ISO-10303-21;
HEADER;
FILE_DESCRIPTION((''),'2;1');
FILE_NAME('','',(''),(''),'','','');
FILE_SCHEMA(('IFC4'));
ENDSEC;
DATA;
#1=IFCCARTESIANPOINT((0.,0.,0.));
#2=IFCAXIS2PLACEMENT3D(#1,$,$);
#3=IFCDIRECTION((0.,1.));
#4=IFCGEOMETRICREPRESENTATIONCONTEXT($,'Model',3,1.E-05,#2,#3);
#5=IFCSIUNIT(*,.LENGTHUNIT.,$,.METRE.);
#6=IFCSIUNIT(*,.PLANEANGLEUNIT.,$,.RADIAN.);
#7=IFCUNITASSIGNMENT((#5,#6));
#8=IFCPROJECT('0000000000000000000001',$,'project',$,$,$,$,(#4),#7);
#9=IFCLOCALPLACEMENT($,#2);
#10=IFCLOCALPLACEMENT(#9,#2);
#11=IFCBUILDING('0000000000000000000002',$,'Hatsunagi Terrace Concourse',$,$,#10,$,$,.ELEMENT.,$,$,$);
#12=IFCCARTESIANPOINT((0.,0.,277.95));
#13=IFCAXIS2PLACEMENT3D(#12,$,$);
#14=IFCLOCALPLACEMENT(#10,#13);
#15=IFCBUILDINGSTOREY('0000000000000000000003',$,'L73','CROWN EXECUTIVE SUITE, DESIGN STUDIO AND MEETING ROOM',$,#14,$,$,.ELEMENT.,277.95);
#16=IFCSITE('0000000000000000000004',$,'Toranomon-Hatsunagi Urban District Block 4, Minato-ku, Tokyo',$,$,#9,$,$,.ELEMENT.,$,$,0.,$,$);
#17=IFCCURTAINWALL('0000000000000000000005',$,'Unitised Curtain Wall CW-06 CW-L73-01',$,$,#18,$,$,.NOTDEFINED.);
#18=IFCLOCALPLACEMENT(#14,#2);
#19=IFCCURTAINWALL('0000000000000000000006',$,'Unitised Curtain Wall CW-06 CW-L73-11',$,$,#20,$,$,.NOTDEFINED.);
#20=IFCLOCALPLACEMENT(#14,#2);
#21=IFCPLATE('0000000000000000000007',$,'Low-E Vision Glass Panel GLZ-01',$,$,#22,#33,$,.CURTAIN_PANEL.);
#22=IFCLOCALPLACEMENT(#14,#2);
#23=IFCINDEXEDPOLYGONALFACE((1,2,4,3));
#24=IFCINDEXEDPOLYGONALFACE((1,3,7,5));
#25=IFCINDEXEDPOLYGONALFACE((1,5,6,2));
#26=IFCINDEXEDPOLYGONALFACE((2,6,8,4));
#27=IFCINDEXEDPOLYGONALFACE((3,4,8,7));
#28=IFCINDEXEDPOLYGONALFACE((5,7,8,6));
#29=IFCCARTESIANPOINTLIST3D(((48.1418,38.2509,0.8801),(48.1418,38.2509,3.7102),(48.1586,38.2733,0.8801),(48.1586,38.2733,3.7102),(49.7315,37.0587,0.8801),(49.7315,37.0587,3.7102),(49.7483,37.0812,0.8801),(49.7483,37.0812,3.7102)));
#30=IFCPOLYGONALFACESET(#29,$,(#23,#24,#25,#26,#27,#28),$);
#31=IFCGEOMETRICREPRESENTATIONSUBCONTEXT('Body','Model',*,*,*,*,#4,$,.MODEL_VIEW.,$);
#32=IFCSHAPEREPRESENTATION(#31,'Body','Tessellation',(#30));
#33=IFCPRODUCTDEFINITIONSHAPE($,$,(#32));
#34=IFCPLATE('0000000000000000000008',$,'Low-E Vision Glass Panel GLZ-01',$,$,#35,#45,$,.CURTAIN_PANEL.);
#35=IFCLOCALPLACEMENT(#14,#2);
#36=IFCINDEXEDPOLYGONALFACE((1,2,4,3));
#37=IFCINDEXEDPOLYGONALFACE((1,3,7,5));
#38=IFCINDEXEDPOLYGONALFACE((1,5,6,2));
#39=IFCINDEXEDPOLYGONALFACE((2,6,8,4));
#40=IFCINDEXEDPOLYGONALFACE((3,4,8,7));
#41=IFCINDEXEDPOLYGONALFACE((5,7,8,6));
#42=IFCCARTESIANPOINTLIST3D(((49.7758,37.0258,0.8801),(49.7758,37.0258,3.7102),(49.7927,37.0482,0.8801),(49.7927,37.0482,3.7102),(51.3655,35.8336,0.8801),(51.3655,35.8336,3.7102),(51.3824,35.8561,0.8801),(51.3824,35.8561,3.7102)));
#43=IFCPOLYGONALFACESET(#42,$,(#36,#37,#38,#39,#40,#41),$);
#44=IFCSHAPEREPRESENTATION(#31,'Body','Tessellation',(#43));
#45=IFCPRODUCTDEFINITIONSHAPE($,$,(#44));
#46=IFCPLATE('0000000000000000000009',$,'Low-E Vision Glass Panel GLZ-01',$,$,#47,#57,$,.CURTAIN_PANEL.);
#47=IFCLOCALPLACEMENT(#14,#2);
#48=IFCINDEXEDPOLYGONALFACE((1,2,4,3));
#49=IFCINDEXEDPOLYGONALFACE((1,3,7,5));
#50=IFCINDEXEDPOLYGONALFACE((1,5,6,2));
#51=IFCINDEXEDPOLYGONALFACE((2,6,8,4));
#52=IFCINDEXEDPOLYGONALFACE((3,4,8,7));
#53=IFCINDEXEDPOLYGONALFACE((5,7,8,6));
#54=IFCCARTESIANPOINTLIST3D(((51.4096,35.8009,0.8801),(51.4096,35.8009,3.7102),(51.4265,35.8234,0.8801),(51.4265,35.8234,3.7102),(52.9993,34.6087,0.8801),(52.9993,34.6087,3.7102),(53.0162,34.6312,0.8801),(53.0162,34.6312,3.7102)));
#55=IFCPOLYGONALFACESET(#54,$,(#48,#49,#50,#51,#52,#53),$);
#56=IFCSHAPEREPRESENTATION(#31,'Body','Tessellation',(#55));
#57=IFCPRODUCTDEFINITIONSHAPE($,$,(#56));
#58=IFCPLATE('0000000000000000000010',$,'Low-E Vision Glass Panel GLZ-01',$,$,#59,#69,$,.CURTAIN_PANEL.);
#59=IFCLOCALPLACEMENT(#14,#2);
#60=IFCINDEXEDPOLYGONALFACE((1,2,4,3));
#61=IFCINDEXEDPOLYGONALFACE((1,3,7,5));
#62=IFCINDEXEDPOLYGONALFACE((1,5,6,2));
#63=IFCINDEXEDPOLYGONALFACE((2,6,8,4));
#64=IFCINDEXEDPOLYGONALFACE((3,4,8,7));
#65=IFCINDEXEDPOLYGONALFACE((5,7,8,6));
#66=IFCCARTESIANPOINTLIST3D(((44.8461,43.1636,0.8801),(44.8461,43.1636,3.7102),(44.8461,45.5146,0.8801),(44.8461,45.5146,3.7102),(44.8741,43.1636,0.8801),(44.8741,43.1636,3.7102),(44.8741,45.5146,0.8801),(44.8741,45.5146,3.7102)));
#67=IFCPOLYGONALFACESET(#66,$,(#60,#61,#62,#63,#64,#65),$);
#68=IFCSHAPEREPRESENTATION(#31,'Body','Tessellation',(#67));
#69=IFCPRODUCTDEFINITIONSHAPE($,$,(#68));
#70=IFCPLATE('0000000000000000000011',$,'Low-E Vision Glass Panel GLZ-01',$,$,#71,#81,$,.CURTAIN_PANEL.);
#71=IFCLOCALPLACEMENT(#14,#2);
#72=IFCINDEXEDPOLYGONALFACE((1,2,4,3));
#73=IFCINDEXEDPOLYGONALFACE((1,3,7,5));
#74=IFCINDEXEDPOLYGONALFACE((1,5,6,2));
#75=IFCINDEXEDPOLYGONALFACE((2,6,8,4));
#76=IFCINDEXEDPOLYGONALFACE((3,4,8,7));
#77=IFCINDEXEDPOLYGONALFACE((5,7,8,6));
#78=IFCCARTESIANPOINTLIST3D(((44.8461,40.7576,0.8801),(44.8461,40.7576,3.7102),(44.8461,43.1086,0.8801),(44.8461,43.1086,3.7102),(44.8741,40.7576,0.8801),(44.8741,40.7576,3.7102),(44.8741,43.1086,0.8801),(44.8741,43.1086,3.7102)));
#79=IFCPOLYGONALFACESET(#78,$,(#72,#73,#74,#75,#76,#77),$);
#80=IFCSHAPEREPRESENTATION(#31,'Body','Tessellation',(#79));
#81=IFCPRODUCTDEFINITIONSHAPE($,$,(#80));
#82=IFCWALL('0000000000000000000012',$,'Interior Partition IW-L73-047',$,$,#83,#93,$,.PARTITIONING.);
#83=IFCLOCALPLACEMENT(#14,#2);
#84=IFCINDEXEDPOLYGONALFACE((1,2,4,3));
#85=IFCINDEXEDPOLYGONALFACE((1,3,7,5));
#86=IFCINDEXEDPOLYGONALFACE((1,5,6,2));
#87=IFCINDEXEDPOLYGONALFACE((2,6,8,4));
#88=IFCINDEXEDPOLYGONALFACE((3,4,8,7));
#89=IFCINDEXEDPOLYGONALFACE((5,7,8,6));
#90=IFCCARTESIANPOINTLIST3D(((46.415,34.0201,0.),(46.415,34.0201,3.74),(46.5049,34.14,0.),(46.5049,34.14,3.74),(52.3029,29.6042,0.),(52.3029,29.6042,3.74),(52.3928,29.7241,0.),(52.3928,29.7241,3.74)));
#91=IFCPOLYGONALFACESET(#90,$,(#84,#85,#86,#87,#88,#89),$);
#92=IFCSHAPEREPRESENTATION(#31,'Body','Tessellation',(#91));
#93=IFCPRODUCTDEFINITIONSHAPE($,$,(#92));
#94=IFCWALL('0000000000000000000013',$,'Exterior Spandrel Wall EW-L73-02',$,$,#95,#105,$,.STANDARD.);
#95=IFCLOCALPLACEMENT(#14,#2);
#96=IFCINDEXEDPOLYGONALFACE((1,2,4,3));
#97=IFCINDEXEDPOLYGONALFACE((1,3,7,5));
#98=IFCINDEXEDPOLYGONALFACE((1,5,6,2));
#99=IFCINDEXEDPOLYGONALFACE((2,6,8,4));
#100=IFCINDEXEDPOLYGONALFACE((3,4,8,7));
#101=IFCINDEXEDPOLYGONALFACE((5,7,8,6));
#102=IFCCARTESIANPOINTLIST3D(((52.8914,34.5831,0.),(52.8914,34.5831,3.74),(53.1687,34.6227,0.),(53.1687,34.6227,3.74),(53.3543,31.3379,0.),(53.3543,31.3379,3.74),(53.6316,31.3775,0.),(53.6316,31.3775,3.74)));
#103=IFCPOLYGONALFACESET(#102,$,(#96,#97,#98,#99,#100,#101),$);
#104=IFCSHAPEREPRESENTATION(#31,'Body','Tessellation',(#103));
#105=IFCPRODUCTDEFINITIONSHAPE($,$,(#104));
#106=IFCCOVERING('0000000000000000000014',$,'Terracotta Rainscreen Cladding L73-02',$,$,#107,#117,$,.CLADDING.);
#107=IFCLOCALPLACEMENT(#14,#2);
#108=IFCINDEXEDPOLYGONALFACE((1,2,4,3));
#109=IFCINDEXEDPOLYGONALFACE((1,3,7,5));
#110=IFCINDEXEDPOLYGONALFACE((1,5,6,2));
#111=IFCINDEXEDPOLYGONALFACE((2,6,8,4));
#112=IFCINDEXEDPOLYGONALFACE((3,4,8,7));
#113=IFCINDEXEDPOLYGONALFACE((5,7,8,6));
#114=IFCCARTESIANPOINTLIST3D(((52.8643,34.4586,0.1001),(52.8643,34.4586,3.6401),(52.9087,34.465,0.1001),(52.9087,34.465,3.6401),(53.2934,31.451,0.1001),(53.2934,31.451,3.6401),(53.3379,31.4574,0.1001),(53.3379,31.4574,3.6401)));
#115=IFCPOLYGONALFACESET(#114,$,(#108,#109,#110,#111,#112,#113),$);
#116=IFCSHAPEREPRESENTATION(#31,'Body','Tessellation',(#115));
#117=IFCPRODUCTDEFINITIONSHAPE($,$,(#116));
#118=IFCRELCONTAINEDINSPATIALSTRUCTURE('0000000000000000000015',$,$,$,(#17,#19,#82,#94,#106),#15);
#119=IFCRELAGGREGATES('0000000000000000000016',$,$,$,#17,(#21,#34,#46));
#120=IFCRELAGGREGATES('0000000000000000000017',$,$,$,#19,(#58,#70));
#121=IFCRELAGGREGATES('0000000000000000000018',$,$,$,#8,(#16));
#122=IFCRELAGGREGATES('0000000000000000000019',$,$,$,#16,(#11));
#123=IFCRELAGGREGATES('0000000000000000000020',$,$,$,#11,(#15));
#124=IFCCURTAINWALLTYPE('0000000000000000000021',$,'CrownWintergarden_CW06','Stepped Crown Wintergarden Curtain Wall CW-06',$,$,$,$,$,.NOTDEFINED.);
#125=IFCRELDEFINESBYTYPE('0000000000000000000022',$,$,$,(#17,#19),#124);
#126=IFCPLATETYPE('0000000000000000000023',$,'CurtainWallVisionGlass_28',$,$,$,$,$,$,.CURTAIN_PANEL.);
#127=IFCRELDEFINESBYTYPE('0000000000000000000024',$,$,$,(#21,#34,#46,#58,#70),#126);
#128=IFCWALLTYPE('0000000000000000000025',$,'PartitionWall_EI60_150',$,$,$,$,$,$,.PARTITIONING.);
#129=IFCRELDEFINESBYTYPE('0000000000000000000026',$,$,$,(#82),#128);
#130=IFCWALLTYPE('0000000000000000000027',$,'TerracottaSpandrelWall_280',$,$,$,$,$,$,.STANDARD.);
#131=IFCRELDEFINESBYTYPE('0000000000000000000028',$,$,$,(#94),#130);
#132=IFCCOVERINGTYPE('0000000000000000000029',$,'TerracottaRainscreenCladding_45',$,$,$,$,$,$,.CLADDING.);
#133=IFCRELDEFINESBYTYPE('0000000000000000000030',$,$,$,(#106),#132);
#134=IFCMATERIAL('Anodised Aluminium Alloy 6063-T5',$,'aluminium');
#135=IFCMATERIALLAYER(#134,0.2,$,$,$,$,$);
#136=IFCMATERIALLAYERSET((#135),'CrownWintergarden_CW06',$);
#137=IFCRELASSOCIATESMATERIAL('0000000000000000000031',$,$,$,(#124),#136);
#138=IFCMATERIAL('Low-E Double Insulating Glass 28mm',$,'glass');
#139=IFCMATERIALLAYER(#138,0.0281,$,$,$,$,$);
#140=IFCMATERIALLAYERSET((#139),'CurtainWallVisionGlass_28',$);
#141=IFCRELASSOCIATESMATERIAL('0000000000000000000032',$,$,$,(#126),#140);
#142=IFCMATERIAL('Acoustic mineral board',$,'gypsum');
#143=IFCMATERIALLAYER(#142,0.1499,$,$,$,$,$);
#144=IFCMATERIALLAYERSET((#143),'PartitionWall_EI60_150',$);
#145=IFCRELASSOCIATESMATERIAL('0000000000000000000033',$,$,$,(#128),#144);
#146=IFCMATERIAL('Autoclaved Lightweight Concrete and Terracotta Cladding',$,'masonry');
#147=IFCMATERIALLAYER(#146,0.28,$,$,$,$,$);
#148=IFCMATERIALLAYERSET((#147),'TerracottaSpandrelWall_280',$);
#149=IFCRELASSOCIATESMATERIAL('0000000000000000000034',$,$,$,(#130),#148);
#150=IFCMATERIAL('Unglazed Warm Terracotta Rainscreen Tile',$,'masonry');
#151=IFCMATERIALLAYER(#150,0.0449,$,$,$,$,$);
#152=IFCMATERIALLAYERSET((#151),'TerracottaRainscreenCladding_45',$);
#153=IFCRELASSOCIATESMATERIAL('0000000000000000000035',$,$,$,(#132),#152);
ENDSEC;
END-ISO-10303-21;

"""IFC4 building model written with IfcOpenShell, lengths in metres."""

from ifc_helpers import new_model, si_unit, direction, frame, frame_2d, origin, origin_2d, place, context, subcontext, project, spatial, rectangle, extrude, material, layer, layer_set, type_object, element, aggregate, save


model = new_model("IFC4")

# Units and contexts
model_context = context("Model", 3, precision=1e-05, world=origin(), true_north=direction((0.0, 1.0)))
body_context = subcontext(model_context, "Body", "Model", "MODEL_VIEW")
ifc_project = project(units=[si_unit("LENGTHUNIT", "METRE"), si_unit("PLANEANGLEUNIT", "RADIAN")], contexts=[model_context])

# Site, building, storey
site_placement = place(None, origin())
site = spatial("IfcSite", under=ifc_project, at=site_placement, Name="Toranomon-Hatsunagi Urban District Block 4, Minato-ku, Tokyo", CompositionType="ELEMENT", RefElevation=0.0)
building_placement = place(site_placement, origin())
building = spatial("IfcBuilding", under=site, at=building_placement, Name="Hatsunagi Terrace Concourse", CompositionType="ELEMENT")
storey_placement = place(building_placement, frame((0.0, 0.0, 277.95)))
storey = spatial("IfcBuildingStorey", under=building, at=storey_placement, Name="L73", Description="CROWN EXECUTIVE SUITE, DESIGN STUDIO AND MEETING ROOM", CompositionType="ELEMENT", Elevation=277.95)

# Curtain walls
ifc_material_1 = material(Name="Anodised Aluminium Alloy 6063-T5", Category="aluminium")
ifc_layer_1 = layer(ifc_material_1, 0.2)
ifc_layer_set_1 = layer_set([ifc_layer_1], Name="CrownWintergarden_CW06")
curtain_wall_type = type_object("IfcCurtainWallType", Name="CrownWintergarden_CW06", Description="Stepped Crown Wintergarden Curtain Wall CW-06", PredefinedType="NOTDEFINED", material=ifc_layer_set_1)
curtain_wall_1_placement = place(storey_placement, origin())
curtain_wall_1 = element("IfcCurtainWall", 1, at=curtain_wall_1_placement, inside=storey, type_object=curtain_wall_type, Name="Unitised Curtain Wall CW-06 CW-L73-01", PredefinedType="NOTDEFINED")
curtain_wall_2_placement = place(storey_placement, origin())
curtain_wall_2 = element("IfcCurtainWall", 2, at=curtain_wall_2_placement, inside=storey, type_object=curtain_wall_type, Name="Unitised Curtain Wall CW-06 CW-L73-11", PredefinedType="NOTDEFINED")

# Plates
ifc_material_2 = material(Name="Low-E Double Insulating Glass 28mm", Category="glass")
ifc_layer_2 = layer(ifc_material_2, 0.0281)
ifc_layer_set_2 = layer_set([ifc_layer_2], Name="CurtainWallVisionGlass_28")
plate_type_1 = type_object("IfcPlateType", Name="CurtainWallVisionGlass_28", PredefinedType="CURTAIN_PANEL", material=ifc_layer_set_2)
plate_1_placement = place(storey_placement, frame((48.9451, 37.666, 0.8801), z_axis=(0.0, 0.0, 1.0), x_axis=(0.800023, -0.599969, 0.0)))
plate_1 = element("IfcPlate", 3, at=plate_1_placement, type_object=plate_type_1, Name="Low-E Vision Glass Panel GLZ-01", PredefinedType="CURTAIN_PANEL", context=body_context, shape_type="SweptSolid", body=[
    extrude(rectangle(XDim=1.9871, YDim=0.0281, at=origin_2d()), origin(), (0.0, 0.0, 1.0), 2.8301),
])
plate_2_placement = place(storey_placement, frame((50.5791, 36.4409, 0.8801), z_axis=(0.0, 0.0, 1.0), x_axis=(0.800023, -0.599969, 0.0)))
plate_2 = element("IfcPlate", 4, at=plate_2_placement, type_object=plate_type_1, Name="Low-E Vision Glass Panel GLZ-01", PredefinedType="CURTAIN_PANEL", context=body_context, shape_type="SweptSolid", body=[
    extrude(rectangle(XDim=1.9871, YDim=0.0281, at=origin_2d()), origin(), (0.0, 0.0, 1.0), 2.8301),
])
plate_3_placement = place(storey_placement, frame((52.2129, 35.2161, 0.8801), z_axis=(0.0, 0.0, 1.0), x_axis=(0.800023, -0.599969, 0.0)))
plate_3 = element("IfcPlate", 5, at=plate_3_placement, type_object=plate_type_1, Name="Low-E Vision Glass Panel GLZ-01", PredefinedType="CURTAIN_PANEL", context=body_context, shape_type="SweptSolid", body=[
    extrude(rectangle(XDim=1.9871, YDim=0.0281, at=origin_2d()), origin(), (0.0, 0.0, 1.0), 2.8301),
])
aggregate(curtain_wall_1, [plate_1, plate_2, plate_3])
plate_4_placement = place(storey_placement, frame((44.8601, 44.3391, 0.8801), z_axis=(0.0, 0.0, 1.0), x_axis=(0.0, -1.0, 0.0)))
plate_4 = element("IfcPlate", 6, at=plate_4_placement, type_object=plate_type_1, Name="Low-E Vision Glass Panel GLZ-01", PredefinedType="CURTAIN_PANEL", context=body_context, shape_type="SweptSolid", body=[
    extrude(rectangle(XDim=2.3511, YDim=0.0281, at=origin_2d()), origin(), (0.0, 0.0, 1.0), 2.8301),
])
plate_5_placement = place(storey_placement, frame((44.8601, 41.9331, 0.8801), z_axis=(0.0, 0.0, 1.0), x_axis=(0.0, -1.0, 0.0)))
plate_5 = element("IfcPlate", 7, at=plate_5_placement, type_object=plate_type_1, Name="Low-E Vision Glass Panel GLZ-01", PredefinedType="CURTAIN_PANEL", context=body_context, shape_type="SweptSolid", body=[
    extrude(rectangle(XDim=2.3511, YDim=0.0281, at=origin_2d()), origin(), (0.0, 0.0, 1.0), 2.8301),
])
aggregate(curtain_wall_2, [plate_4, plate_5])

# Walls
ifc_material_3 = material(Name="Acoustic mineral board", Category="gypsum")
ifc_layer_3 = layer(ifc_material_3, 0.1499)
ifc_layer_set_3 = layer_set([ifc_layer_3], Name="PartitionWall_EI60_150")
wall_type_1 = type_object("IfcWallType", Name="PartitionWall_EI60_150", PredefinedType="PARTITIONING", material=ifc_layer_set_3)
wall_1_placement = place(storey_placement, frame((46.46, 34.0801, 0.0), z_axis=(0.0, 0.0, 1.0), x_axis=(0.799996, -0.600005, 0.0)))
element("IfcWall", 8, at=wall_1_placement, inside=storey, type_object=wall_type_1, Name="Interior Partition IW-L73-047", PredefinedType="PARTITIONING", context=body_context, shape_type="SweptSolid", body=[
    extrude(rectangle(XDim=7.3599, YDim=0.1499, at=frame_2d((3.6799, 0.0))), origin(), (0.0, 0.0, 1.0), 3.74),
])
ifc_material_4 = material(Name="Autoclaved Lightweight Concrete and Terracotta Cladding", Category="masonry")
ifc_layer_4 = layer(ifc_material_4, 0.28)
ifc_layer_set_4 = layer_set([ifc_layer_4], Name="TerracottaSpandrelWall_280")
wall_type_2 = type_object("IfcWallType", Name="TerracottaSpandrelWall_280", PredefinedType="STANDARD", material=ifc_layer_set_4)
wall_2_placement = place(storey_placement, frame((53.03, 34.603, 0.0), z_axis=(0.0, 0.0, 1.0), x_axis=(0.141213, -0.989979, 0.0)))
element("IfcWall", 9, at=wall_2_placement, inside=storey, type_object=wall_type_2, Name="Exterior Spandrel Wall EW-L73-02", PredefinedType="STANDARD", context=body_context, shape_type="SweptSolid", body=[
    extrude(rectangle(XDim=3.2781, YDim=0.28, at=frame_2d((1.6392, 0.0))), origin(), (0.0, 0.0, 1.0), 3.74),
])

# Covering
ifc_material_5 = material(Name="Unglazed Warm Terracotta Rainscreen Tile", Category="masonry")
ifc_layer_5 = layer(ifc_material_5, 0.0449)
ifc_layer_set_5 = layer_set([ifc_layer_5], Name="TerracottaRainscreenCladding_45")
covering_type = type_object("IfcCoveringType", Name="TerracottaRainscreenCladding_45", PredefinedType="CLADDING", material=ifc_layer_set_5)
covering_placement = place(storey_placement, frame((53.1011, 32.958, 0.1001), z_axis=(0.0, 0.0, 1.0), x_axis=(0.14125, -0.989974, 0.0)))
element("IfcCovering", 10, at=covering_placement, inside=storey, type_object=covering_type, Name="Terracotta Rainscreen Cladding L73-02", PredefinedType="CLADDING", context=body_context, shape_type="SweptSolid", body=[
    extrude(rectangle(XDim=3.0381, YDim=0.0449, at=origin_2d()), origin(), (0.0, 0.0, 1.0), 3.54),
])

save(model, "model.ifc")
